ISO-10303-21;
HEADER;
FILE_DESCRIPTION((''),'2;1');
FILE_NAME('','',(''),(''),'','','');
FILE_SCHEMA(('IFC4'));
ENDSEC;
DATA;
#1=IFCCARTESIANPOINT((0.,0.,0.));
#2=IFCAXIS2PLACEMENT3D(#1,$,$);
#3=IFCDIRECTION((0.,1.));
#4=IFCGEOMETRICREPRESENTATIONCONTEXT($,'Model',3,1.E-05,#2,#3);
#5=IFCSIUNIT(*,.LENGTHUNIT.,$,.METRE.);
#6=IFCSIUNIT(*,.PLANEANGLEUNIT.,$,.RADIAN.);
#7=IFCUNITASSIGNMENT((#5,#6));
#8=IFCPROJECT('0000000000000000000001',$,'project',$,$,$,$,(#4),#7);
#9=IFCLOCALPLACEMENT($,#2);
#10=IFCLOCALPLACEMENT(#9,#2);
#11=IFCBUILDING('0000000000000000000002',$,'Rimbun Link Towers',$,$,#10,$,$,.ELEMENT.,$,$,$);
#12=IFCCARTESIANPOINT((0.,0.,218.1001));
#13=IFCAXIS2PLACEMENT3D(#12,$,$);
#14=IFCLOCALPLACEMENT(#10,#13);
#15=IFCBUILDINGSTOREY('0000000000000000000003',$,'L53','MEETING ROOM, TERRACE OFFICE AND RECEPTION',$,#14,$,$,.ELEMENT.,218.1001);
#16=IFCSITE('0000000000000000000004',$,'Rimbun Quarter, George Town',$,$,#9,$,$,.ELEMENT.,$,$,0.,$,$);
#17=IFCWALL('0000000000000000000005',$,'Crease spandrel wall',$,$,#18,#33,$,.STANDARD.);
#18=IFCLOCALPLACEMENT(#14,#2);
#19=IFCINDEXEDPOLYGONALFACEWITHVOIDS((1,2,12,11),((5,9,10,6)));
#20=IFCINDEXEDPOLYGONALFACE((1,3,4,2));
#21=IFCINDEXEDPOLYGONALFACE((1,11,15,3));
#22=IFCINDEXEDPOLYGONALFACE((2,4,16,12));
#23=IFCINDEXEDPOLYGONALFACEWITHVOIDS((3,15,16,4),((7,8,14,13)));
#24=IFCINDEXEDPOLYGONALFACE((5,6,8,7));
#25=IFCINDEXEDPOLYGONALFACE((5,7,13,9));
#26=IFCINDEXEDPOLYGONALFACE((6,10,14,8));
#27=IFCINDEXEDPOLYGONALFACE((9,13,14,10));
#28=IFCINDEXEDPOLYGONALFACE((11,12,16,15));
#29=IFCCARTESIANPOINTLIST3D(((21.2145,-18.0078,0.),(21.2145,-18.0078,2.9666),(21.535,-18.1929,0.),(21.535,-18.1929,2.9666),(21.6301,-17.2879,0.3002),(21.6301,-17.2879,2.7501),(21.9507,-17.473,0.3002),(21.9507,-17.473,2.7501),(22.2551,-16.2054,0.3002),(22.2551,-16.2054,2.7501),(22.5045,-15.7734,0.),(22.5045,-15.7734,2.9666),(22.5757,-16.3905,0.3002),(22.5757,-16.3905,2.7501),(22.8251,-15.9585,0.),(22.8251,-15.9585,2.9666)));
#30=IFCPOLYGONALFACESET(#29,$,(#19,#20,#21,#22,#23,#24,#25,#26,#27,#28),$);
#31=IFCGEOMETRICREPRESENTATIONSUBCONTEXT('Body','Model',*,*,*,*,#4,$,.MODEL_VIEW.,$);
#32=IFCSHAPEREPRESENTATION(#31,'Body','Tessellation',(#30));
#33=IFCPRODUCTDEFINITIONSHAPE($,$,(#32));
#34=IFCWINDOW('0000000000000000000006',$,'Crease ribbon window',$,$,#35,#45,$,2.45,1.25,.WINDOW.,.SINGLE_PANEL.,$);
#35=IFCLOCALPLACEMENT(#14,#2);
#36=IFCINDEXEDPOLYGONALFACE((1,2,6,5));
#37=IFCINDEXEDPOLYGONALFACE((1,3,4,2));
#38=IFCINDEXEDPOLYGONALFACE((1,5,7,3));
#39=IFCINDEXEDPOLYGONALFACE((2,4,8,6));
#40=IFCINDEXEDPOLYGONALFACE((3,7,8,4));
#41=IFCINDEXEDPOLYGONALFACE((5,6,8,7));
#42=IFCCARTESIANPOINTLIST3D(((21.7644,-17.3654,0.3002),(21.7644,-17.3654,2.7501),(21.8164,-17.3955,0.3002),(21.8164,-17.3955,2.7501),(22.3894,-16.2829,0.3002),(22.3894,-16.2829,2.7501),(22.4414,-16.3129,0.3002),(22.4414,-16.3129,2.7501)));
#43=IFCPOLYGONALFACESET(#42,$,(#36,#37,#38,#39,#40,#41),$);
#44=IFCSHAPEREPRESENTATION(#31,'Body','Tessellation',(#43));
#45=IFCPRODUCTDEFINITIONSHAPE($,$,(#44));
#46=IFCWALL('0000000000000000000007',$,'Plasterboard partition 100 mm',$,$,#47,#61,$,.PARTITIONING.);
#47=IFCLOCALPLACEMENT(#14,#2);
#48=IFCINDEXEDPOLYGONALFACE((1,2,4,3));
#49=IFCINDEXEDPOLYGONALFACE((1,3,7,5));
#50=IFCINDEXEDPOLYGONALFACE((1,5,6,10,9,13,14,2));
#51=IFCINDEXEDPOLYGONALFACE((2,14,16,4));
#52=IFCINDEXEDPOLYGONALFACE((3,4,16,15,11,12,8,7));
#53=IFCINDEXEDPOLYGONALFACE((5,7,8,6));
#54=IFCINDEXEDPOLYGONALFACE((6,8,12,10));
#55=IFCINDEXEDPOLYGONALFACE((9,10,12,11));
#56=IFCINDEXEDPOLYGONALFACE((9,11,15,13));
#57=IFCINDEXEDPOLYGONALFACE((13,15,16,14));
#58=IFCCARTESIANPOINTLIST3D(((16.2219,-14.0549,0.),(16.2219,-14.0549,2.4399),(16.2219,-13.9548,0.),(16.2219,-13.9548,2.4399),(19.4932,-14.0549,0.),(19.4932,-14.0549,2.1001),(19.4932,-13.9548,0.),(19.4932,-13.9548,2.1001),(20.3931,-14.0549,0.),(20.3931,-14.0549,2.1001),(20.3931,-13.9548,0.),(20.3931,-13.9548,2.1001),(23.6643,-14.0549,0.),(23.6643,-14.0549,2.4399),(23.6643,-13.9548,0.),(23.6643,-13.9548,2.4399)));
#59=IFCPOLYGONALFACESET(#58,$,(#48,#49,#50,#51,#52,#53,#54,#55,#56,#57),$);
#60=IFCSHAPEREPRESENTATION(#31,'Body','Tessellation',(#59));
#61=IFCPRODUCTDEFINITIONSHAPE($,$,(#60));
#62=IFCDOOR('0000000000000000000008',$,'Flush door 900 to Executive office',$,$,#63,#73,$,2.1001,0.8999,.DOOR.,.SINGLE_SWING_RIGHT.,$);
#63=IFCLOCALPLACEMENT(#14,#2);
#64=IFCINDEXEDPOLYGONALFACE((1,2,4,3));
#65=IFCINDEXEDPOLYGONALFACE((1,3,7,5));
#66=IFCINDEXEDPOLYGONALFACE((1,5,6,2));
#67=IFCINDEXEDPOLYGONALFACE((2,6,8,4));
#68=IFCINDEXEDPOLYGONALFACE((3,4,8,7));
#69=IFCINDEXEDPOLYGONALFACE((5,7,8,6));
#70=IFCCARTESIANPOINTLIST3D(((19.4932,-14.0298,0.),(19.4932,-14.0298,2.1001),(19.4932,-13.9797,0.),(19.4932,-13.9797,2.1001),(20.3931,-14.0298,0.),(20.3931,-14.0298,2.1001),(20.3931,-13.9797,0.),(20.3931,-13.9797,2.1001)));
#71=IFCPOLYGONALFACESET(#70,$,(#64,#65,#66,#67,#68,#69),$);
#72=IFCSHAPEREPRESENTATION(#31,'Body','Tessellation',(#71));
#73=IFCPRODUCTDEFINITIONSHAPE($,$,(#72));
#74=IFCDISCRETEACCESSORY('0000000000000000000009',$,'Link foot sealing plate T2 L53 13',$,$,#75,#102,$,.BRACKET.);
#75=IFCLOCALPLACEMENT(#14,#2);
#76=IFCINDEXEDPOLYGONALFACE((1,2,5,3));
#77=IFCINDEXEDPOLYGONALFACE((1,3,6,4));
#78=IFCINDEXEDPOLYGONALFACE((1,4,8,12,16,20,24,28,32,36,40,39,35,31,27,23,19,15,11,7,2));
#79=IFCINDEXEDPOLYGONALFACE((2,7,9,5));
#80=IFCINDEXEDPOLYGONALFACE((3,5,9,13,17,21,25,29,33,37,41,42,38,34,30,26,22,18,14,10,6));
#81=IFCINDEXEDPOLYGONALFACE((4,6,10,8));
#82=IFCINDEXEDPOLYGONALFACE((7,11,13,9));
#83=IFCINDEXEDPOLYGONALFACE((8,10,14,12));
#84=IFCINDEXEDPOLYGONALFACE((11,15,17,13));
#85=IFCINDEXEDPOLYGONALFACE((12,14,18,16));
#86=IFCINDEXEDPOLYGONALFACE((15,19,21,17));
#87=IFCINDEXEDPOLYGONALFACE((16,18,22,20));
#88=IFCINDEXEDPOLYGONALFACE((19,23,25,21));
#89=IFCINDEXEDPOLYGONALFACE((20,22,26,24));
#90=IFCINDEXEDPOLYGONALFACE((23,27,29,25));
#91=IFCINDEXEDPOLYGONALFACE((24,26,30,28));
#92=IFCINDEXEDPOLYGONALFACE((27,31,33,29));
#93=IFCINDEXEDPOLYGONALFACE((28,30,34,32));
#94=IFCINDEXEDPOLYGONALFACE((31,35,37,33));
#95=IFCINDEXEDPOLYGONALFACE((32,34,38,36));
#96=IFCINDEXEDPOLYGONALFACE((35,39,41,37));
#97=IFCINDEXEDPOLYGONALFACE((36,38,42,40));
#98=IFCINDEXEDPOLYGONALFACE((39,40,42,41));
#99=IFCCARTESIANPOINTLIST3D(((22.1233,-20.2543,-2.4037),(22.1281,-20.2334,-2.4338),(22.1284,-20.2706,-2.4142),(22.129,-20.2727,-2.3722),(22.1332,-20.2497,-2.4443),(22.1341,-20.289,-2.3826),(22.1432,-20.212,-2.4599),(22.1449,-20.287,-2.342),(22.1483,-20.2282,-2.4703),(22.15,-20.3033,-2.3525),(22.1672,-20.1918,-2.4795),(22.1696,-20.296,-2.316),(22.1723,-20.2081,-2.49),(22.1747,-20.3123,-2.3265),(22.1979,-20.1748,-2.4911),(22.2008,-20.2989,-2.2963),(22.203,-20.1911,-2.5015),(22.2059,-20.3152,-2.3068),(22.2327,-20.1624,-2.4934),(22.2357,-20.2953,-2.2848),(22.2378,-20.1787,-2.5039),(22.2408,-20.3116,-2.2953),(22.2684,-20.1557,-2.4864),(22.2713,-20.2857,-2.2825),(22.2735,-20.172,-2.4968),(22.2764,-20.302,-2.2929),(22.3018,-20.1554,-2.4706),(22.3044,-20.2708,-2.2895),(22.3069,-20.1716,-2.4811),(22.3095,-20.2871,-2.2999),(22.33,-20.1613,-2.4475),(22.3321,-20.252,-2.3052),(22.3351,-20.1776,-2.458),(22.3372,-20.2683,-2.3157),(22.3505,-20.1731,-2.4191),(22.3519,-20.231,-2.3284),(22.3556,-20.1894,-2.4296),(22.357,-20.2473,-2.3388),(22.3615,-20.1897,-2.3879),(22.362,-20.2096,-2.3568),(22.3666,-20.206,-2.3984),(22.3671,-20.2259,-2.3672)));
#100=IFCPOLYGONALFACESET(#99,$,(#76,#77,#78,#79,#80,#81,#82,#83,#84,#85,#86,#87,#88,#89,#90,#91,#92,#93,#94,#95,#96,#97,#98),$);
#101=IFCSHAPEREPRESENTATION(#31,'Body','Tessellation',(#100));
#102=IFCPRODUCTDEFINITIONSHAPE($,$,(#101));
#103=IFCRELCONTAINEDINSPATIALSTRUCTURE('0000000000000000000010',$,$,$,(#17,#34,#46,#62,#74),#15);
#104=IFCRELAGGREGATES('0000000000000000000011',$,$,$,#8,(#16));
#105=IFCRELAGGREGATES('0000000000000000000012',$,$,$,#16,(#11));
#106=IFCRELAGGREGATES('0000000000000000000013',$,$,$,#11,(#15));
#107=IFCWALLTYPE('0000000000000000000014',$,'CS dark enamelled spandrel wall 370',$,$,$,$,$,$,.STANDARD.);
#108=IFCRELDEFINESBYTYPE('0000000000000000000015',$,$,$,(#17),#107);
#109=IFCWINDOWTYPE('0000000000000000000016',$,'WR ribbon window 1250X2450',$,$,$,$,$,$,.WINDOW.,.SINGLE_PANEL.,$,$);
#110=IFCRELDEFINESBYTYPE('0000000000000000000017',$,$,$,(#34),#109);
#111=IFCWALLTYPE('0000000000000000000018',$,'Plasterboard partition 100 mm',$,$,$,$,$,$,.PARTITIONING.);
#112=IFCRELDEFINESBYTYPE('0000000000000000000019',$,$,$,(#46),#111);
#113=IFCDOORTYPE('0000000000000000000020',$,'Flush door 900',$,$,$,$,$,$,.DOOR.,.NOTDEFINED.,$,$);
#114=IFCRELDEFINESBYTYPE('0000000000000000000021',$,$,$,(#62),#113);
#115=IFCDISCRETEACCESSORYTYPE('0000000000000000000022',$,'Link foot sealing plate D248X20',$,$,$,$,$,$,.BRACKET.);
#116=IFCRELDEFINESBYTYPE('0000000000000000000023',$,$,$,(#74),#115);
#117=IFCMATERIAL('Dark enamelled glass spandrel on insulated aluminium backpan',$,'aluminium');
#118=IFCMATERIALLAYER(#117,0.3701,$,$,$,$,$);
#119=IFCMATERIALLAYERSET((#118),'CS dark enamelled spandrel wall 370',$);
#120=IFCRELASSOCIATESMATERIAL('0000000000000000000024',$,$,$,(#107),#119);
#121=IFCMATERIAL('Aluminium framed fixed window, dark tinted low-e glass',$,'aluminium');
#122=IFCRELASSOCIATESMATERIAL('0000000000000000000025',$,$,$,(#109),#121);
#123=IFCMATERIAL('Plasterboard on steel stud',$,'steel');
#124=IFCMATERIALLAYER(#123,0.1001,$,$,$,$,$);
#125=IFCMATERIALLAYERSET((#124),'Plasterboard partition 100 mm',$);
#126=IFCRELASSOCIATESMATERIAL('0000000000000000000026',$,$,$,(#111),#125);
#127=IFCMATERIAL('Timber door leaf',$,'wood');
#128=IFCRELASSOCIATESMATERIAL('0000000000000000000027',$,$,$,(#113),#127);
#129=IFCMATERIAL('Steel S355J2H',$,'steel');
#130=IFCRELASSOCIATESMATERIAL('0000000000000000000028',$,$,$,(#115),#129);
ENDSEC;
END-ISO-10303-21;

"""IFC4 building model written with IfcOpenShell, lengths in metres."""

from ifc_helpers import new_model, si_unit, direction, frame, frame_2d, origin, origin_2d, place, context, subcontext, project, spatial, rectangle, circle, extrude, material, layer, layer_set, material_profile, profile_set, type_object, element, fill, save


model = new_model("IFC4")

# Units and contexts
model_context = context("Model", 3, precision=1e-05, world=origin(), true_north=direction((0.0, 1.0)))
body_context = subcontext(model_context, "Body", "Model", "MODEL_VIEW")
ifc_project = project(units=[si_unit("LENGTHUNIT", "METRE"), si_unit("PLANEANGLEUNIT", "RADIAN")], contexts=[model_context])

# Site, building, storey
site_placement = place(None, origin())
site = spatial("IfcSite", under=ifc_project, at=site_placement, Name="Rimbun Quarter, George Town", CompositionType="ELEMENT", RefElevation=0.0)
building_placement = place(site_placement, origin())
building = spatial("IfcBuilding", under=site, at=building_placement, Name="Rimbun Link Towers", CompositionType="ELEMENT")
storey_placement = place(building_placement, frame((0.0, 0.0, 218.1001)))
storey = spatial("IfcBuildingStorey", under=building, at=storey_placement, Name="L53", Description="MEETING ROOM, TERRACE OFFICE AND RECEPTION", CompositionType="ELEMENT", Elevation=218.1001)

# Wall, opening, window
ifc_material_1 = material(Name="Dark enamelled glass spandrel on insulated aluminium backpan", Category="aluminium")
ifc_layer_1 = layer(ifc_material_1, 0.3701)
ifc_layer_set_1 = layer_set([ifc_layer_1], Name="CS dark enamelled spandrel wall 370")
wall_type_1 = type_object("IfcWallType", Name="CS dark enamelled spandrel wall 370", PredefinedType="STANDARD", material=ifc_layer_set_1)
wall_1_placement = place(storey_placement, frame((22.6648, -15.866, 0.0), z_axis=(0.0, 0.0, 1.0), x_axis=(-0.500006, -0.866022, 0.0)))
wall_1 = element("IfcWall", 1, at=wall_1_placement, inside=storey, type_object=wall_type_1, Name="Crease spandrel wall", PredefinedType="STANDARD", context=body_context, shape_type="SweptSolid", body=[
    extrude(rectangle(XDim=2.5801, YDim=0.3701, at=frame_2d((1.29, 0.0))), origin(), (0.0, 0.0, 1.0), 2.9666),
])
opening_1_placement = place(wall_1_placement, frame((0.4988, 0.0, 0.3)))
opening_1 = element("IfcOpeningElement", 2, at=opening_1_placement, cuts=wall_1, PredefinedType="OPENING", context=body_context, shape_type="SweptSolid", body=[
    extrude(rectangle(XDim=1.25, YDim=2.45, at=frame_2d((0.625, 1.2251))), frame((0.0, 0.1951, 0.0), z_axis=(0.0, -1.0, 0.0), x_axis=(1.0, 0.0, 0.0)), (0.0, 0.0, 1.0), 0.3901),
])
ifc_material_2 = material(Name="Aluminium framed fixed window, dark tinted low-e glass", Category="aluminium")
window_type = type_object("IfcWindowType", Name="WR ribbon window 1250X2450", PartitioningType="SINGLE_PANEL", PredefinedType="WINDOW", material=ifc_material_2)
window_placement = place(opening_1_placement, origin())
window = element("IfcWindow", 3, at=window_placement, inside=storey, type_object=window_type, Name="Crease ribbon window", OverallHeight=2.45, OverallWidth=1.25, PartitioningType="SINGLE_PANEL", PredefinedType="WINDOW", context=body_context, shape_type="SweptSolid", body=[
    extrude(rectangle(XDim=1.25, YDim=2.45, at=frame_2d((0.625, 1.2251))), frame((0.0, 0.03, 0.0), z_axis=(0.0, -1.0, 0.0), x_axis=(1.0, 0.0, 0.0)), (0.0, 0.0, 1.0), 0.0601),
])
fill(opening_1, window)

# Wall, opening, door
ifc_material_3 = material(Name="Plasterboard on steel stud", Category="steel")
ifc_layer_2 = layer(ifc_material_3, 0.1001)
ifc_layer_set_2 = layer_set([ifc_layer_2], Name="Plasterboard partition 100 mm")
wall_type_2 = type_object("IfcWallType", Name="Plasterboard partition 100 mm", PredefinedType="PARTITIONING", material=ifc_layer_set_2)
wall_2_placement = place(storey_placement, frame((23.6643, -14.0049, 0.0), z_axis=(0.0, 0.0, 1.0), x_axis=(-1.0, 0.0, 0.0)))
wall_2 = element("IfcWall", 4, at=wall_2_placement, inside=storey, type_object=wall_type_2, Name="Plasterboard partition 100 mm", PredefinedType="PARTITIONING", context=body_context, shape_type="SweptSolid", body=[
    extrude(rectangle(XDim=7.4424, YDim=0.1001, at=frame_2d((3.7212, 0.0))), origin(), (0.0, 0.0, 1.0), 2.4399),
])
opening_2_placement = place(wall_2_placement, frame((3.2712, 0.0, 0.0)))
opening_2 = element("IfcOpeningElement", 5, at=opening_2_placement, cuts=wall_2, PredefinedType="OPENING", context=body_context, shape_type="SweptSolid", body=[
    extrude(rectangle(XDim=0.8999, YDim=2.1001, at=frame_2d((0.45, 1.05))), frame((0.0, 0.0601, 0.0), z_axis=(0.0, -1.0, 0.0), x_axis=(1.0, 0.0, 0.0)), (0.0, 0.0, 1.0), 0.1201),
])
ifc_material_4 = material(Name="Timber door leaf", Category="wood")
door_type = type_object("IfcDoorType", Name="Flush door 900", OperationType="NOTDEFINED", PredefinedType="DOOR", material=ifc_material_4)
door_placement = place(opening_2_placement, origin())
door = element("IfcDoor", 6, at=door_placement, inside=storey, type_object=door_type, Name="Flush door 900 to Executive office", OperationType="SINGLE_SWING_RIGHT", OverallHeight=2.1001, OverallWidth=0.8999, PredefinedType="DOOR", context=body_context, shape_type="SweptSolid", body=[
    extrude(rectangle(XDim=0.8999, YDim=2.1001, at=frame_2d((0.45, 1.05))), frame((0.0, 0.0249, 0.0), z_axis=(0.0, -1.0, 0.0), x_axis=(1.0, 0.0, 0.0)), (0.0, 0.0, 1.0), 0.05),
])
fill(opening_2, door)

# Discrete accessory
ifc_material_5 = material(Name="Steel S355J2H", Category="steel")
ifc_material_profile_1 = material_profile(ifc_material_5, circle(Radius=0.124, at=origin_2d()), Name="PL D248")
ifc_profile_set_1 = profile_set([ifc_material_profile_1], Name="Steel S355J2H")
discrete_accessory_type = type_object("IfcDiscreteAccessoryType", Name="Link foot sealing plate D248X20", PredefinedType="BRACKET", material=ifc_profile_set_1)
discrete_accessory_placement = place(storey_placement, frame((22.2432, -20.2268, -2.3879), z_axis=(0.255057, -0.813752, -0.522259), x_axis=(0.954226, 0.299086, 0.0)))
element("IfcDiscreteAccessory", 7, at=discrete_accessory_placement, inside=storey, type_object=discrete_accessory_type, Name="Link foot sealing plate T2 L53 13", PredefinedType="BRACKET", context=body_context, shape_type="SweptSolid", body=[
    extrude(circle(Radius=0.124, at=origin_2d()), origin(), (0.0, 0.0, 1.0), 0.02),
])

save(model, "model.ifc")
